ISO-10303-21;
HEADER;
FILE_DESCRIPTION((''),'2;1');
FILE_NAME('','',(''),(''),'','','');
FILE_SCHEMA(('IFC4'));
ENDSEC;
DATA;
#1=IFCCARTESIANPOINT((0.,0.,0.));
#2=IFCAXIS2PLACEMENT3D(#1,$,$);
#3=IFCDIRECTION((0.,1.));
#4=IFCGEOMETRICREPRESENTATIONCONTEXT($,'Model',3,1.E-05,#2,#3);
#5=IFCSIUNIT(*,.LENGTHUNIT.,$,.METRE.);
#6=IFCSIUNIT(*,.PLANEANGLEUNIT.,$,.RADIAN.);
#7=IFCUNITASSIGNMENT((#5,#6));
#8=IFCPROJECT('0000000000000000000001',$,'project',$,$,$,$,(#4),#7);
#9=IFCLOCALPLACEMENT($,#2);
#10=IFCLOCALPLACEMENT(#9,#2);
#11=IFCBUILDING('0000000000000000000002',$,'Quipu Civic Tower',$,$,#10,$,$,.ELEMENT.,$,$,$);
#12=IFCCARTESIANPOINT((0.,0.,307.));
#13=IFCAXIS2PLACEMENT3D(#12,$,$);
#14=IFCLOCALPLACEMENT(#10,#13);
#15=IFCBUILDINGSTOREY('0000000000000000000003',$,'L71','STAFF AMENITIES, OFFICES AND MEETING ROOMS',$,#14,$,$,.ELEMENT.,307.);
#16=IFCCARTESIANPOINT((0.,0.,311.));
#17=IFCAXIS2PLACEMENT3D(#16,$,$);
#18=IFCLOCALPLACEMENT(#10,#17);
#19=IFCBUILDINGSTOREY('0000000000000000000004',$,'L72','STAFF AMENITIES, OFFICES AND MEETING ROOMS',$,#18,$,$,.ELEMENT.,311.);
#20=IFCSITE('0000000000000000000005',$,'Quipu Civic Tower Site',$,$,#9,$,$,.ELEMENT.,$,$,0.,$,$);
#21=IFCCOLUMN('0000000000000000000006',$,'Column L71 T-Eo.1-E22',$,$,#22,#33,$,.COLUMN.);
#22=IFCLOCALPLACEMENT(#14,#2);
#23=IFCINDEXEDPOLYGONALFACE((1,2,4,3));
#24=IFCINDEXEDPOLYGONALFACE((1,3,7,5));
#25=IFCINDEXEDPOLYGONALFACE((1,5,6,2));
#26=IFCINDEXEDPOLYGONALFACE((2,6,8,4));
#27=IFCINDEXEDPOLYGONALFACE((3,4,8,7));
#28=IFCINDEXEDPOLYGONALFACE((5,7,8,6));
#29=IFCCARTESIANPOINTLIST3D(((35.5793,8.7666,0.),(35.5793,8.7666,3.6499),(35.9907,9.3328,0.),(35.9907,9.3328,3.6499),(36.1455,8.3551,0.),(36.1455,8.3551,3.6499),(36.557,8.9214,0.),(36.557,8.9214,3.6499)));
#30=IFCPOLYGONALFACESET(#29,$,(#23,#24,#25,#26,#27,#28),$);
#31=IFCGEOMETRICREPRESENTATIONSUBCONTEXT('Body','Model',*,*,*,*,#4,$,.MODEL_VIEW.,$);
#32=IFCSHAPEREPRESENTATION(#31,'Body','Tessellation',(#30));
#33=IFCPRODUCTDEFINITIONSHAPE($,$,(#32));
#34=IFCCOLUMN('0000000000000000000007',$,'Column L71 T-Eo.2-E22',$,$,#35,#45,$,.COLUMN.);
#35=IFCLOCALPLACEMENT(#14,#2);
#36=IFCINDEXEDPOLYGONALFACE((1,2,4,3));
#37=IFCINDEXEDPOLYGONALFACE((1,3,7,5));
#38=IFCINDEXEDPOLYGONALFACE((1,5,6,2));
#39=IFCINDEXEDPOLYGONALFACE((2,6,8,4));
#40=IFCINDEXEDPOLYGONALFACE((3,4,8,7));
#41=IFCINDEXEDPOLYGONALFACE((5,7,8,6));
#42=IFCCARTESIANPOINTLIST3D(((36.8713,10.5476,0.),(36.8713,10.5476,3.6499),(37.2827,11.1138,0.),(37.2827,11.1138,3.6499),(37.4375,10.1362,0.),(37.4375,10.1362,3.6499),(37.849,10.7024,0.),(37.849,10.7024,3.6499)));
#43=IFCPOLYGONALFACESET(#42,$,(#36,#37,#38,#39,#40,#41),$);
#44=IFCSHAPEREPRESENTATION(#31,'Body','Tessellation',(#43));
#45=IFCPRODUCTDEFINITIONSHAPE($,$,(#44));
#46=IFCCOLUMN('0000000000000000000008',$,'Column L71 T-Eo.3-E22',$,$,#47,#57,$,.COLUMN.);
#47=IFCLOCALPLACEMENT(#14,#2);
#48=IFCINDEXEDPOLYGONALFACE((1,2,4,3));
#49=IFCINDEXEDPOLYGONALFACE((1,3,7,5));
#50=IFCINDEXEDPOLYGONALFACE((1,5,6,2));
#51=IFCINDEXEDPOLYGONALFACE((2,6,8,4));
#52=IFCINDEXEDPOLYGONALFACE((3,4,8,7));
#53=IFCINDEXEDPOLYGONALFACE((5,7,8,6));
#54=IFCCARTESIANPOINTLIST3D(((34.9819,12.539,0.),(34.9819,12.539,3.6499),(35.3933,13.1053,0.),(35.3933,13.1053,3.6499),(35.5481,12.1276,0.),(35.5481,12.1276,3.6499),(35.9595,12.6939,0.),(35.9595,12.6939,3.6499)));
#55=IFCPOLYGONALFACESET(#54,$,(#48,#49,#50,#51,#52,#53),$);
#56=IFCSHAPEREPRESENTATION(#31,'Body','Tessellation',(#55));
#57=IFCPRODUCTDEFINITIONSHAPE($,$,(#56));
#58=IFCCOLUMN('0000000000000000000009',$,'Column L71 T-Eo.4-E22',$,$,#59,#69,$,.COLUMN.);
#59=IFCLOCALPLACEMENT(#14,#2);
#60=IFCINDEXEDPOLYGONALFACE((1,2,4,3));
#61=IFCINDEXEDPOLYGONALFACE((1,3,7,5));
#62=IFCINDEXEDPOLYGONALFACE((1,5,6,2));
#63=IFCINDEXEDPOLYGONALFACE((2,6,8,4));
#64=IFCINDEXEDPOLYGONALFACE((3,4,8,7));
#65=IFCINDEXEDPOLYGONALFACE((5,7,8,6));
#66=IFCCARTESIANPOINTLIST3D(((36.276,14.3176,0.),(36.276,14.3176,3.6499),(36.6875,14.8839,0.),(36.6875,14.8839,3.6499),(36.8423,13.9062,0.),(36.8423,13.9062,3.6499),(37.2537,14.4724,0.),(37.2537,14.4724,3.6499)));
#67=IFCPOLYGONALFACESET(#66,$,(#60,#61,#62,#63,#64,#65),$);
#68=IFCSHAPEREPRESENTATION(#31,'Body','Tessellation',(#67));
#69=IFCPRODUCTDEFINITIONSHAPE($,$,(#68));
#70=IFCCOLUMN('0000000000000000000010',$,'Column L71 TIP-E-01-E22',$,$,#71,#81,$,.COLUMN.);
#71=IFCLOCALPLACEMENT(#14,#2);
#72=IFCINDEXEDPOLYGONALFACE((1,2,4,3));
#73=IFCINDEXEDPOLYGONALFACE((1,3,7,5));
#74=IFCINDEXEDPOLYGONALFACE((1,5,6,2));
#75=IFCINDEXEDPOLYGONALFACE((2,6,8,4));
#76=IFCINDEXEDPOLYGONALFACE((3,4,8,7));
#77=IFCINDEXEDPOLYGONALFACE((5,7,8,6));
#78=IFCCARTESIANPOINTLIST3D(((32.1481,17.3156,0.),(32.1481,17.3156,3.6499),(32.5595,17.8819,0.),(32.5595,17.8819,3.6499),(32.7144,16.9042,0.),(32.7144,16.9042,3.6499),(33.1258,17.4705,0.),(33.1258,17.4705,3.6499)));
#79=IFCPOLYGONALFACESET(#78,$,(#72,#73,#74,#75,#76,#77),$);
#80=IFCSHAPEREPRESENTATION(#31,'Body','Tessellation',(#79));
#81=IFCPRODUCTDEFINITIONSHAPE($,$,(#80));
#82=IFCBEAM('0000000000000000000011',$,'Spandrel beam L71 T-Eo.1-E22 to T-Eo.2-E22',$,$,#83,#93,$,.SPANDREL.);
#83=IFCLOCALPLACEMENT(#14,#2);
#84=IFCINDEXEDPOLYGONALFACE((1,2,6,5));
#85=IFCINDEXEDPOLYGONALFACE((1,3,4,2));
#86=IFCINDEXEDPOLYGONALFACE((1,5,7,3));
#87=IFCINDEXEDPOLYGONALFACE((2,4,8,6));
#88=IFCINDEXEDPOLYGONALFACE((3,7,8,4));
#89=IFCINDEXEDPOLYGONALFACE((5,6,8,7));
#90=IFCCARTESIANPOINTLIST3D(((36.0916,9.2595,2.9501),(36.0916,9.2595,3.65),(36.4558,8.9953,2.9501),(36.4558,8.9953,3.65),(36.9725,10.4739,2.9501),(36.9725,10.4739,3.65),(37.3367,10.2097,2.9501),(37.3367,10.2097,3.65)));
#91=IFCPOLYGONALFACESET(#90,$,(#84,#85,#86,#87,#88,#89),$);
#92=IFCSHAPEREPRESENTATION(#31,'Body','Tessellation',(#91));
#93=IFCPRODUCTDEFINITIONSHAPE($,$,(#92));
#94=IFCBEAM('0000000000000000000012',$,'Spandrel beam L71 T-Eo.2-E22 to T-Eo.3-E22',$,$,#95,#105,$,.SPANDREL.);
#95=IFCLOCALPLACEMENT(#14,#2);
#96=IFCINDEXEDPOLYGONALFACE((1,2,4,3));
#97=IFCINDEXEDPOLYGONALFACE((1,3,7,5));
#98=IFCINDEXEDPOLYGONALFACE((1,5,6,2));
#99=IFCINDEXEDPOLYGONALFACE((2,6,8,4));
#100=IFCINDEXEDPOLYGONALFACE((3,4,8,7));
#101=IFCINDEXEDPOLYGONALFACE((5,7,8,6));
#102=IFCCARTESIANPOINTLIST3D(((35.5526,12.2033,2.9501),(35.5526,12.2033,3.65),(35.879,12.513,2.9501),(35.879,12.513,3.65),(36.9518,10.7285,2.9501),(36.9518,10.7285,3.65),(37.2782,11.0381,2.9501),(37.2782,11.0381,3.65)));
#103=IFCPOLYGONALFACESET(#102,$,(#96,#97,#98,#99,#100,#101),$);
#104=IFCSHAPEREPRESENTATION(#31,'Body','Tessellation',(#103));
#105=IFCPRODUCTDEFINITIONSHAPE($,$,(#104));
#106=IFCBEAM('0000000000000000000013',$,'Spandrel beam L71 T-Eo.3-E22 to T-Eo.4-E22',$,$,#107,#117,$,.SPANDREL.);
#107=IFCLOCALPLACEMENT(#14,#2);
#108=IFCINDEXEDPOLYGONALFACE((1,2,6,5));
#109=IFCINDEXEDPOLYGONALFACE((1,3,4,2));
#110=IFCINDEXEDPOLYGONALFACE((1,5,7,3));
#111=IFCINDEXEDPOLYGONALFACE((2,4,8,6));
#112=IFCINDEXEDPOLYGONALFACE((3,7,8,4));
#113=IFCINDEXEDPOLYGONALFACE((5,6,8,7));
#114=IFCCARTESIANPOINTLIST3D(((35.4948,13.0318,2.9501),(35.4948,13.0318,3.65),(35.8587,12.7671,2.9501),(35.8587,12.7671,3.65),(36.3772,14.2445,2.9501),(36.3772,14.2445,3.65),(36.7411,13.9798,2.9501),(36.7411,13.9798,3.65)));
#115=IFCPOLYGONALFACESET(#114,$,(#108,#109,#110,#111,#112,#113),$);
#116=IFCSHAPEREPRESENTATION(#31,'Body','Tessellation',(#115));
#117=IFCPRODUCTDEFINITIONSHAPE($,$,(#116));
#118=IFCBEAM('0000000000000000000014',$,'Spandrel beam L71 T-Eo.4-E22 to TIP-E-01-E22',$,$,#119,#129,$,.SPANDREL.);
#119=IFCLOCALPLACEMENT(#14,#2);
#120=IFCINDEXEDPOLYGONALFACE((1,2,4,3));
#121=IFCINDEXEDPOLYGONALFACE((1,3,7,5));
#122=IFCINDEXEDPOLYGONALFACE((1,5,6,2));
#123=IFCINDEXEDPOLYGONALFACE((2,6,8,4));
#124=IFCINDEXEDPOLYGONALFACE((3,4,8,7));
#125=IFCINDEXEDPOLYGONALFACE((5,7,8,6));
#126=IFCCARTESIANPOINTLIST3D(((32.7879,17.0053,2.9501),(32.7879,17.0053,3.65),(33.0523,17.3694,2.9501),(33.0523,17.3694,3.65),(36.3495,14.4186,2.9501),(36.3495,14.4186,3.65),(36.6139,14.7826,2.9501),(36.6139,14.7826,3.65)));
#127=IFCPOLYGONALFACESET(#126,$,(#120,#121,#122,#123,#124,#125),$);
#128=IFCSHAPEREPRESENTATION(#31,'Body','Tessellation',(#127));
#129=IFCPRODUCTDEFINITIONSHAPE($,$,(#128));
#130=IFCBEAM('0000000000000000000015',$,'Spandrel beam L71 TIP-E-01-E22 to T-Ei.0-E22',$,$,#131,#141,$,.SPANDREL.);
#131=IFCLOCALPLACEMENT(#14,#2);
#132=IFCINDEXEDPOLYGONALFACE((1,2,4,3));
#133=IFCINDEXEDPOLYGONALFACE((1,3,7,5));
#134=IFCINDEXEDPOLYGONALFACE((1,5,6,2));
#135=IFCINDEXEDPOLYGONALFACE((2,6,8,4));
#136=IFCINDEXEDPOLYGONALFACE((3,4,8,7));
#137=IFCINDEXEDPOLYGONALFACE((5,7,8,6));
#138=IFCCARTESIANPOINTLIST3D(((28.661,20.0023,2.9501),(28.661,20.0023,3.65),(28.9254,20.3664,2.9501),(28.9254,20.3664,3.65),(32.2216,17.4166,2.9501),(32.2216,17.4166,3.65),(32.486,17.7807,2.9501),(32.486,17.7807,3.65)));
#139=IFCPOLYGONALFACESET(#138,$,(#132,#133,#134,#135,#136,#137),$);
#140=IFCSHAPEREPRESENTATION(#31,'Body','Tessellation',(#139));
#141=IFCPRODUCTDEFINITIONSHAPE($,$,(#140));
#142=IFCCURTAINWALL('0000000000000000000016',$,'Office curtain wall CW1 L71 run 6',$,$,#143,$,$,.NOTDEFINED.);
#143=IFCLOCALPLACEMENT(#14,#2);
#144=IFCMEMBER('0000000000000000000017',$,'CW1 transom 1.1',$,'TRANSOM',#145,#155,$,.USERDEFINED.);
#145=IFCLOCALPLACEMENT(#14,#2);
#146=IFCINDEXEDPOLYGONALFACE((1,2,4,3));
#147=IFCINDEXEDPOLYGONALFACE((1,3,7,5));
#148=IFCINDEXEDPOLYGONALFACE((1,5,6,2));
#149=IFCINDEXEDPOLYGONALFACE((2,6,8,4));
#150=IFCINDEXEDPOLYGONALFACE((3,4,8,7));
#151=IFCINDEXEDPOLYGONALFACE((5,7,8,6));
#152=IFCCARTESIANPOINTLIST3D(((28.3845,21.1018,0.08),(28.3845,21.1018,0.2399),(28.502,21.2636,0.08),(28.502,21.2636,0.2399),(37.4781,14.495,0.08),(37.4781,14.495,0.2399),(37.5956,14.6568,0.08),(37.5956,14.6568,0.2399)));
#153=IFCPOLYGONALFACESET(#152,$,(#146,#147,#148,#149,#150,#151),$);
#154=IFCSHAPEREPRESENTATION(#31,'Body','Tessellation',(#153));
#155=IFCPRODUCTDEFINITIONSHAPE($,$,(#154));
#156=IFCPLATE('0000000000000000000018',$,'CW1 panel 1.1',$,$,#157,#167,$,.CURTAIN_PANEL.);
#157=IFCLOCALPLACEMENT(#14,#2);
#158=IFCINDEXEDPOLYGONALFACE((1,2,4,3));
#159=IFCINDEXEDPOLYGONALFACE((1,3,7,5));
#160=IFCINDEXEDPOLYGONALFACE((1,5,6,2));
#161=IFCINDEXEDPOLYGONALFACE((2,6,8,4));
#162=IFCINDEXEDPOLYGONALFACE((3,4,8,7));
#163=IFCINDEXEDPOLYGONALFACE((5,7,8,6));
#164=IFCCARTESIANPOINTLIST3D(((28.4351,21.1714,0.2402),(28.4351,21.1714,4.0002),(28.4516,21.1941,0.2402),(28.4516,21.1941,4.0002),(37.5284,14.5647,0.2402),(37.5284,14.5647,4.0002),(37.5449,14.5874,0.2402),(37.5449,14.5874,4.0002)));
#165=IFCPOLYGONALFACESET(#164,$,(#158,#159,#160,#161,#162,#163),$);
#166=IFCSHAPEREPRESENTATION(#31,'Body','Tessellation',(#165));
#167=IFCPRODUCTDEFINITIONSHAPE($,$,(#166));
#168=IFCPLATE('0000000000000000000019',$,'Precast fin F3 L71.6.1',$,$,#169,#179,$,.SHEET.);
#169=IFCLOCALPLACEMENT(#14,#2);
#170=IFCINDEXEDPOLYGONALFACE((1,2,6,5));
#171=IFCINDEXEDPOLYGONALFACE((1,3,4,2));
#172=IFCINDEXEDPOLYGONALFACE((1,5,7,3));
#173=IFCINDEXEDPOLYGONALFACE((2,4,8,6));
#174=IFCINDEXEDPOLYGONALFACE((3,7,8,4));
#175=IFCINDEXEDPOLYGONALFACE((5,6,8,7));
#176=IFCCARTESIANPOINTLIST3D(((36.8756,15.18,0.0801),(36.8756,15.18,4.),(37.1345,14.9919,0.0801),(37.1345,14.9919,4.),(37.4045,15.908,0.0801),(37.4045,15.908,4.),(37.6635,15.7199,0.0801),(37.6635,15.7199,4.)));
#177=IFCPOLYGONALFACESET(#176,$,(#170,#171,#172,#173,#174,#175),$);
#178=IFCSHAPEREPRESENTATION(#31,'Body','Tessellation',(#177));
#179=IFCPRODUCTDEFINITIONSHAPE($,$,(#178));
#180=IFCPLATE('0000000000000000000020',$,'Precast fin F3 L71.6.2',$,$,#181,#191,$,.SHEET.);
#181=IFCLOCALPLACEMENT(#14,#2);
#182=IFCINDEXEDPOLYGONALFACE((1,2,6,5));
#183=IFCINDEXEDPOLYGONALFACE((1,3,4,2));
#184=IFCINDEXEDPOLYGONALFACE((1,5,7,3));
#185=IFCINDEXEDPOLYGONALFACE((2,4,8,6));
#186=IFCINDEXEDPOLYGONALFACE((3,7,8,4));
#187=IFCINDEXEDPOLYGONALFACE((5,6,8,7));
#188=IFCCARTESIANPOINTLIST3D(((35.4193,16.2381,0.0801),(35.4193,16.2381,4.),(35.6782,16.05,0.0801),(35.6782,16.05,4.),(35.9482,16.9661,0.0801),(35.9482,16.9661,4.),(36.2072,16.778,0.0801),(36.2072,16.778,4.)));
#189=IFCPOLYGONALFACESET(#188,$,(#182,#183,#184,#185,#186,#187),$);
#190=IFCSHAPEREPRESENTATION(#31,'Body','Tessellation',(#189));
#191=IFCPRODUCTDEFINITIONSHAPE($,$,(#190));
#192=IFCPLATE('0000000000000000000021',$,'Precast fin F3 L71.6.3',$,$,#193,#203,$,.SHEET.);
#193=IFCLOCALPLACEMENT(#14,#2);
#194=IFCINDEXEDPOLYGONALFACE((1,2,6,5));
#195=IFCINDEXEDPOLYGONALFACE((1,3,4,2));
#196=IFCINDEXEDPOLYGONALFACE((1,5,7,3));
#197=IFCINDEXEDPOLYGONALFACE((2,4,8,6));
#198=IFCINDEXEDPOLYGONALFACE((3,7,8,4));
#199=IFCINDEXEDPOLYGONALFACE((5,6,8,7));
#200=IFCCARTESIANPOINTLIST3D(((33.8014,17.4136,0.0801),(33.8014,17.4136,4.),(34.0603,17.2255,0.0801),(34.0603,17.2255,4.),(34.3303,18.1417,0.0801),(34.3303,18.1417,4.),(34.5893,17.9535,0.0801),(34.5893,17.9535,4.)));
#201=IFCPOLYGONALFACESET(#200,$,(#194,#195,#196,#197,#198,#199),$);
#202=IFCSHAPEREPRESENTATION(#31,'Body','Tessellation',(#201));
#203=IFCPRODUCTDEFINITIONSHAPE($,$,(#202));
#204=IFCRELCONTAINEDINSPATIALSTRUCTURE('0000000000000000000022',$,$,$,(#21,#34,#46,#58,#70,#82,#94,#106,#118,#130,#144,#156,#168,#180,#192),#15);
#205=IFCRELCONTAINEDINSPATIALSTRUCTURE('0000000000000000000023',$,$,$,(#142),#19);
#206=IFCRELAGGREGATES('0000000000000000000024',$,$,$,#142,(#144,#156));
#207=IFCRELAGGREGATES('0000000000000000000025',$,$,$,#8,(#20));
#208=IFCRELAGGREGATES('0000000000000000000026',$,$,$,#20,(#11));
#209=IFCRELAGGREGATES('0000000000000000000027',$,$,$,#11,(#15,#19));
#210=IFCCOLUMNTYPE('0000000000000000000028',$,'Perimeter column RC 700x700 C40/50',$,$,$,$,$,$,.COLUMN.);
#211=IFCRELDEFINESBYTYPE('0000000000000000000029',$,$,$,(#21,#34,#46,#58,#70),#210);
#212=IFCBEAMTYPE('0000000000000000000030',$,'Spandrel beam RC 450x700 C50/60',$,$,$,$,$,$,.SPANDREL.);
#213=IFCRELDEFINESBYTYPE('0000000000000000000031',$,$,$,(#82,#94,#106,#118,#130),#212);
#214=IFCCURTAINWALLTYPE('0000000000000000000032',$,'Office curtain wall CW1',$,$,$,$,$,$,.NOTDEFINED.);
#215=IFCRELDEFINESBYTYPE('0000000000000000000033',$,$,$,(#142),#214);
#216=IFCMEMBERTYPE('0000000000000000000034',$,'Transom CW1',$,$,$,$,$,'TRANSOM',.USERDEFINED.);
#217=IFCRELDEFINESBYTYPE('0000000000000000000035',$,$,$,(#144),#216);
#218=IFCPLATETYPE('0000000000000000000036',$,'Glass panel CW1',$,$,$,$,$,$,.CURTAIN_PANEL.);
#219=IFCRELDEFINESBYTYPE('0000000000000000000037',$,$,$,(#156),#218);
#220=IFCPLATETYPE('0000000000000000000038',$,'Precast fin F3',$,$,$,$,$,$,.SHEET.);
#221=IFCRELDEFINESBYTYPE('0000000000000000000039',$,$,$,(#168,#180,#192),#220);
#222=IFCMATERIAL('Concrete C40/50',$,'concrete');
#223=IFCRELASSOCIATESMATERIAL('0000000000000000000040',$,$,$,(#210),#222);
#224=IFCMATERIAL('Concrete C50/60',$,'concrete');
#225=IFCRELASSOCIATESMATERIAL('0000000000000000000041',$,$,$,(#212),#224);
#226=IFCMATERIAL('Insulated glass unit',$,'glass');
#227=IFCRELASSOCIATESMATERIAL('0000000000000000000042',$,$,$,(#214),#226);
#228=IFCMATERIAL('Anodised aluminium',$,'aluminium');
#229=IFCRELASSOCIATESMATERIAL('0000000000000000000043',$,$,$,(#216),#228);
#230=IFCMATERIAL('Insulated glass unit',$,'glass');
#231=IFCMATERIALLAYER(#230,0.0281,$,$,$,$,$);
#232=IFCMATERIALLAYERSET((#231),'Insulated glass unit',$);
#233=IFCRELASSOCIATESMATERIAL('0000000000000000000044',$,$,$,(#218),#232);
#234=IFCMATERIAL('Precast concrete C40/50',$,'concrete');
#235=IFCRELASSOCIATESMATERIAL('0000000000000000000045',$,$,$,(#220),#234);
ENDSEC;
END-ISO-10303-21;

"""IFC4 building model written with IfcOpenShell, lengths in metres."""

from ifc_helpers import new_model, si_unit, direction, frame, origin, origin_2d, place, context, subcontext, project, spatial, rectangle, extrude, material, layer, layer_set, material_profile, profile_set, type_object, element, aggregate, save


model = new_model("IFC4")

# Units and contexts
model_context = context("Model", 3, precision=1e-05, world=origin(), true_north=direction((0.0, 1.0)))
body_context = subcontext(model_context, "Body", "Model", "MODEL_VIEW")
ifc_project = project(units=[si_unit("LENGTHUNIT", "METRE"), si_unit("PLANEANGLEUNIT", "RADIAN")], contexts=[model_context])

# Site, building, storey
site_placement = place(None, origin())
site = spatial("IfcSite", under=ifc_project, at=site_placement, Name="Quipu Civic Tower Site", CompositionType="ELEMENT", RefElevation=0.0)
building_placement = place(site_placement, origin())
building = spatial("IfcBuilding", under=site, at=building_placement, Name="Quipu Civic Tower", CompositionType="ELEMENT")
storey_1_placement = place(building_placement, frame((0.0, 0.0, 307.0)))
storey_1 = spatial("IfcBuildingStorey", under=building, at=storey_1_placement, Name="L71", Description="STAFF AMENITIES, OFFICES AND MEETING ROOMS", CompositionType="ELEMENT", Elevation=307.0)

# Columns
ifc_material_1 = material(Name="Concrete C40/50", Category="concrete")
ifc_material_profile_1 = material_profile(ifc_material_1, rectangle(XDim=0.7, YDim=0.7, at=origin_2d()), Name="RC700x700")
ifc_profile_set_1 = profile_set([ifc_material_profile_1], Name="Concrete C40/50")
column_type = type_object("IfcColumnType", Name="Perimeter column RC 700x700 C40/50", PredefinedType="COLUMN", material=ifc_profile_set_1)
for number, where, z_axis, x_axis, name in (
    (1, (36.0681, 8.844, 0.0), (0.0, 0.0, 1.0), (0.587785, 0.809017, 0.0), "Column L71 T-Eo.1-E22"),
    (2, (37.3601, 10.625, 0.0), (0.0, 0.0, 1.0), (0.587785, 0.809017, 0.0), "Column L71 T-Eo.2-E22"),
    (3, (35.4707, 12.6165, 0.0), (0.0, 0.0, 1.0), (-0.809017, 0.587785, 0.0), "Column L71 T-Eo.3-E22"),
    (4, (36.7649, 14.395, 0.0), (0.0, 0.0, 1.0), (-0.809017, 0.587785, 0.0), "Column L71 T-Eo.4-E22"),
    (5, (32.637, 17.3931, 0.0), (0.0, 0.0, 1.0), (-0.809017, 0.587785, 0.0), "Column L71 TIP-E-01-E22"),
):
    element("IfcColumn", number, at=place(storey_1_placement, frame(where, z_axis=z_axis, x_axis=x_axis)), inside=storey_1, type_object=column_type, Name=name, PredefinedType="COLUMN", context=body_context, shape_type="SweptSolid", body=[
        extrude(rectangle(XDim=0.7, YDim=0.7, at=origin_2d()), origin(), (0.0, 0.0, 1.0), 3.6499),
    ])

# Beams
ifc_material_2 = material(Name="Concrete C50/60", Category="concrete")
ifc_material_profile_2 = material_profile(ifc_material_2, rectangle(XDim=0.45, YDim=0.7, at=origin_2d()), Name="RC450x700")
ifc_profile_set_2 = profile_set([ifc_material_profile_2], Name="Concrete C50/60")
beam_type = type_object("IfcBeamType", Name="Spandrel beam RC 450x700 C50/60", PredefinedType="SPANDREL", material=ifc_profile_set_2)
beam_1_placement = place(storey_1_placement, frame((36.2737, 9.1274, 3.3), z_axis=(0.587165, 0.809467, 0.0), x_axis=(-0.809467, 0.587165, 0.0)))
element("IfcBeam", 6, at=beam_1_placement, inside=storey_1, type_object=beam_type, Name="Spandrel beam L71 T-Eo.1-E22 to T-Eo.2-E22", PredefinedType="SPANDREL", context=body_context, shape_type="SweptSolid", body=[
    extrude(rectangle(XDim=0.45, YDim=0.7, at=origin_2d()), origin(), (0.0, 0.0, 1.0), 1.5002),
])
beam_2_placement = place(storey_1_placement, frame((37.115, 10.8833, 3.3), z_axis=(-0.688247, 0.725476, 0.0), x_axis=(-0.725476, -0.688247, 0.0)))
element("IfcBeam", 7, at=beam_2_placement, inside=storey_1, type_object=beam_type, Name="Spandrel beam L71 T-Eo.2-E22 to T-Eo.3-E22", PredefinedType="SPANDREL", context=body_context, shape_type="SweptSolid", body=[
    extrude(rectangle(XDim=0.45, YDim=0.7, at=origin_2d()), origin(), (0.0, 0.0, 1.0), 2.033),
])
beam_3_placement = place(storey_1_placement, frame((35.6768, 12.8994, 3.3), z_axis=(0.588346, 0.808609, 0.0), x_axis=(-0.808609, 0.588346, 0.0)))
element("IfcBeam", 8, at=beam_3_placement, inside=storey_1, type_object=beam_type, Name="Spandrel beam L71 T-Eo.3-E22 to T-Eo.4-E22", PredefinedType="SPANDREL", context=body_context, shape_type="SweptSolid", body=[
    extrude(rectangle(XDim=0.45, YDim=0.7, at=origin_2d()), origin(), (0.0, 0.0, 1.0), 1.4998),
])
beam_4_placement = place(storey_1_placement, frame((36.4817, 14.6006, 3.3), z_axis=(-0.809117, 0.587647, 0.0), x_axis=(-0.587647, -0.809117, 0.0)))
element("IfcBeam", 9, at=beam_4_placement, inside=storey_1, type_object=beam_type, Name="Spandrel beam L71 T-Eo.4-E22 to TIP-E-01-E22", PredefinedType="SPANDREL", context=body_context, shape_type="SweptSolid", body=[
    extrude(rectangle(XDim=0.45, YDim=0.7, at=origin_2d()), origin(), (0.0, 0.0, 1.0), 4.4019),
])
beam_5_placement = place(storey_1_placement, frame((32.3538, 17.5986, 3.3), z_axis=(-0.809146, 0.587607, 0.0), x_axis=(-0.587607, -0.809146, 0.0)))
element("IfcBeam", 10, at=beam_5_placement, inside=storey_1, type_object=beam_type, Name="Spandrel beam L71 TIP-E-01-E22 to T-Ei.0-E22", PredefinedType="SPANDREL", context=body_context, shape_type="SweptSolid", body=[
    extrude(rectangle(XDim=0.45, YDim=0.7, at=origin_2d()), origin(), (0.0, 0.0, 1.0), 4.4004),
])

# Shared definitions
storey_2_placement = place(building_placement, frame((0.0, 0.0, 311.0)))
storey_2 = spatial("IfcBuildingStorey", under=building, at=storey_2_placement, Name="L72", Description="STAFF AMENITIES, OFFICES AND MEETING ROOMS", CompositionType="ELEMENT", Elevation=311.0)

# Curtain wall, member, plate
ifc_material_3 = material(Name="Insulated glass unit", Category="glass")
curtain_wall_type = type_object("IfcCurtainWallType", Name="Office curtain wall CW1", PredefinedType="NOTDEFINED", material=ifc_material_3)
curtain_wall_placement = place(storey_2_placement, origin())
curtain_wall = element("IfcCurtainWall", 11, at=curtain_wall_placement, inside=storey_2, type_object=curtain_wall_type, Name="Office curtain wall CW1 L71 run 6", PredefinedType="NOTDEFINED")
ifc_material_4 = material(Name="Anodised aluminium", Category="aluminium")
ifc_material_profile_3 = material_profile(ifc_material_4, rectangle(XDim=0.2, YDim=0.1599, at=origin_2d()), Name="RECT 200x160")
ifc_profile_set_3 = profile_set([ifc_material_profile_3], Name="Anodised aluminium")
member_type = type_object("IfcMemberType", Name="Transom CW1", ElementType="TRANSOM", PredefinedType="USERDEFINED", material=ifc_profile_set_3)
member_placement = place(storey_1_placement, frame((37.5369, 14.5759, 0.1599), z_axis=(-0.809022, 0.587778, 0.0), x_axis=(-0.587778, -0.809022, 0.0)))
member = element("IfcMember", 12, at=member_placement, inside=storey_1, type_object=member_type, Name="CW1 transom 1.1", ObjectType="TRANSOM", PredefinedType="USERDEFINED", context=body_context, shape_type="SweptSolid", body=[
    extrude(rectangle(XDim=0.2, YDim=0.1599, at=origin_2d()), origin(), (0.0, 0.0, 1.0), 11.2402),
])
ifc_material_5 = material(Name="Insulated glass unit", Category="glass")
ifc_layer = layer(ifc_material_5, 0.0281)
ifc_layer_set = layer_set([ifc_layer], Name="Insulated glass unit")
plate_type_1 = type_object("IfcPlateType", Name="Glass panel CW1", PredefinedType="CURTAIN_PANEL", material=ifc_layer_set)
plate_placement = place(storey_1_placement, frame((32.99, 17.8794, 0.2402), z_axis=(0.0, 0.0, 1.0), x_axis=(-0.809015, 0.587788, 0.0)))
plate = element("IfcPlate", 13, at=plate_placement, inside=storey_1, type_object=plate_type_1, Name="CW1 panel 1.1", PredefinedType="CURTAIN_PANEL", context=body_context, shape_type="SweptSolid", body=[
    extrude(rectangle(XDim=11.24, YDim=0.0281, at=origin_2d()), origin(), (0.0, 0.0, 1.0), 3.76),
])
aggregate(curtain_wall, [member, plate])

# Plates
ifc_material_6 = material(Name="Precast concrete C40/50", Category="concrete")
plate_type_2 = type_object("IfcPlateType", Name="Precast fin F3", PredefinedType="SHEET", material=ifc_material_6)
for number, where, z_axis, x_axis, name in (
    (14, (37.2695, 15.45, 0.0801), (0.0, 0.0, 1.0), (-0.809017, 0.587785, 0.0), "Precast fin F3 L71.6.1"),
    (15, (35.8132, 16.5081, 0.0801), (0.0, 0.0, 1.0), (-0.809017, 0.587785, 0.0), "Precast fin F3 L71.6.2"),
    (16, (34.1953, 17.6836, 0.0801), (0.0, 0.0, 1.0), (-0.809017, 0.587785, 0.0), "Precast fin F3 L71.6.3"),
):
    element("IfcPlate", number, at=place(storey_1_placement, frame(where, z_axis=z_axis, x_axis=x_axis)), inside=storey_1, type_object=plate_type_2, Name=name, PredefinedType="SHEET", context=body_context, shape_type="SweptSolid", body=[
        extrude(rectangle(XDim=0.3201, YDim=0.8999, at=origin_2d()), origin(), (0.0, 0.0, 1.0), 3.9199),
    ])

save(model, "model.ifc")
